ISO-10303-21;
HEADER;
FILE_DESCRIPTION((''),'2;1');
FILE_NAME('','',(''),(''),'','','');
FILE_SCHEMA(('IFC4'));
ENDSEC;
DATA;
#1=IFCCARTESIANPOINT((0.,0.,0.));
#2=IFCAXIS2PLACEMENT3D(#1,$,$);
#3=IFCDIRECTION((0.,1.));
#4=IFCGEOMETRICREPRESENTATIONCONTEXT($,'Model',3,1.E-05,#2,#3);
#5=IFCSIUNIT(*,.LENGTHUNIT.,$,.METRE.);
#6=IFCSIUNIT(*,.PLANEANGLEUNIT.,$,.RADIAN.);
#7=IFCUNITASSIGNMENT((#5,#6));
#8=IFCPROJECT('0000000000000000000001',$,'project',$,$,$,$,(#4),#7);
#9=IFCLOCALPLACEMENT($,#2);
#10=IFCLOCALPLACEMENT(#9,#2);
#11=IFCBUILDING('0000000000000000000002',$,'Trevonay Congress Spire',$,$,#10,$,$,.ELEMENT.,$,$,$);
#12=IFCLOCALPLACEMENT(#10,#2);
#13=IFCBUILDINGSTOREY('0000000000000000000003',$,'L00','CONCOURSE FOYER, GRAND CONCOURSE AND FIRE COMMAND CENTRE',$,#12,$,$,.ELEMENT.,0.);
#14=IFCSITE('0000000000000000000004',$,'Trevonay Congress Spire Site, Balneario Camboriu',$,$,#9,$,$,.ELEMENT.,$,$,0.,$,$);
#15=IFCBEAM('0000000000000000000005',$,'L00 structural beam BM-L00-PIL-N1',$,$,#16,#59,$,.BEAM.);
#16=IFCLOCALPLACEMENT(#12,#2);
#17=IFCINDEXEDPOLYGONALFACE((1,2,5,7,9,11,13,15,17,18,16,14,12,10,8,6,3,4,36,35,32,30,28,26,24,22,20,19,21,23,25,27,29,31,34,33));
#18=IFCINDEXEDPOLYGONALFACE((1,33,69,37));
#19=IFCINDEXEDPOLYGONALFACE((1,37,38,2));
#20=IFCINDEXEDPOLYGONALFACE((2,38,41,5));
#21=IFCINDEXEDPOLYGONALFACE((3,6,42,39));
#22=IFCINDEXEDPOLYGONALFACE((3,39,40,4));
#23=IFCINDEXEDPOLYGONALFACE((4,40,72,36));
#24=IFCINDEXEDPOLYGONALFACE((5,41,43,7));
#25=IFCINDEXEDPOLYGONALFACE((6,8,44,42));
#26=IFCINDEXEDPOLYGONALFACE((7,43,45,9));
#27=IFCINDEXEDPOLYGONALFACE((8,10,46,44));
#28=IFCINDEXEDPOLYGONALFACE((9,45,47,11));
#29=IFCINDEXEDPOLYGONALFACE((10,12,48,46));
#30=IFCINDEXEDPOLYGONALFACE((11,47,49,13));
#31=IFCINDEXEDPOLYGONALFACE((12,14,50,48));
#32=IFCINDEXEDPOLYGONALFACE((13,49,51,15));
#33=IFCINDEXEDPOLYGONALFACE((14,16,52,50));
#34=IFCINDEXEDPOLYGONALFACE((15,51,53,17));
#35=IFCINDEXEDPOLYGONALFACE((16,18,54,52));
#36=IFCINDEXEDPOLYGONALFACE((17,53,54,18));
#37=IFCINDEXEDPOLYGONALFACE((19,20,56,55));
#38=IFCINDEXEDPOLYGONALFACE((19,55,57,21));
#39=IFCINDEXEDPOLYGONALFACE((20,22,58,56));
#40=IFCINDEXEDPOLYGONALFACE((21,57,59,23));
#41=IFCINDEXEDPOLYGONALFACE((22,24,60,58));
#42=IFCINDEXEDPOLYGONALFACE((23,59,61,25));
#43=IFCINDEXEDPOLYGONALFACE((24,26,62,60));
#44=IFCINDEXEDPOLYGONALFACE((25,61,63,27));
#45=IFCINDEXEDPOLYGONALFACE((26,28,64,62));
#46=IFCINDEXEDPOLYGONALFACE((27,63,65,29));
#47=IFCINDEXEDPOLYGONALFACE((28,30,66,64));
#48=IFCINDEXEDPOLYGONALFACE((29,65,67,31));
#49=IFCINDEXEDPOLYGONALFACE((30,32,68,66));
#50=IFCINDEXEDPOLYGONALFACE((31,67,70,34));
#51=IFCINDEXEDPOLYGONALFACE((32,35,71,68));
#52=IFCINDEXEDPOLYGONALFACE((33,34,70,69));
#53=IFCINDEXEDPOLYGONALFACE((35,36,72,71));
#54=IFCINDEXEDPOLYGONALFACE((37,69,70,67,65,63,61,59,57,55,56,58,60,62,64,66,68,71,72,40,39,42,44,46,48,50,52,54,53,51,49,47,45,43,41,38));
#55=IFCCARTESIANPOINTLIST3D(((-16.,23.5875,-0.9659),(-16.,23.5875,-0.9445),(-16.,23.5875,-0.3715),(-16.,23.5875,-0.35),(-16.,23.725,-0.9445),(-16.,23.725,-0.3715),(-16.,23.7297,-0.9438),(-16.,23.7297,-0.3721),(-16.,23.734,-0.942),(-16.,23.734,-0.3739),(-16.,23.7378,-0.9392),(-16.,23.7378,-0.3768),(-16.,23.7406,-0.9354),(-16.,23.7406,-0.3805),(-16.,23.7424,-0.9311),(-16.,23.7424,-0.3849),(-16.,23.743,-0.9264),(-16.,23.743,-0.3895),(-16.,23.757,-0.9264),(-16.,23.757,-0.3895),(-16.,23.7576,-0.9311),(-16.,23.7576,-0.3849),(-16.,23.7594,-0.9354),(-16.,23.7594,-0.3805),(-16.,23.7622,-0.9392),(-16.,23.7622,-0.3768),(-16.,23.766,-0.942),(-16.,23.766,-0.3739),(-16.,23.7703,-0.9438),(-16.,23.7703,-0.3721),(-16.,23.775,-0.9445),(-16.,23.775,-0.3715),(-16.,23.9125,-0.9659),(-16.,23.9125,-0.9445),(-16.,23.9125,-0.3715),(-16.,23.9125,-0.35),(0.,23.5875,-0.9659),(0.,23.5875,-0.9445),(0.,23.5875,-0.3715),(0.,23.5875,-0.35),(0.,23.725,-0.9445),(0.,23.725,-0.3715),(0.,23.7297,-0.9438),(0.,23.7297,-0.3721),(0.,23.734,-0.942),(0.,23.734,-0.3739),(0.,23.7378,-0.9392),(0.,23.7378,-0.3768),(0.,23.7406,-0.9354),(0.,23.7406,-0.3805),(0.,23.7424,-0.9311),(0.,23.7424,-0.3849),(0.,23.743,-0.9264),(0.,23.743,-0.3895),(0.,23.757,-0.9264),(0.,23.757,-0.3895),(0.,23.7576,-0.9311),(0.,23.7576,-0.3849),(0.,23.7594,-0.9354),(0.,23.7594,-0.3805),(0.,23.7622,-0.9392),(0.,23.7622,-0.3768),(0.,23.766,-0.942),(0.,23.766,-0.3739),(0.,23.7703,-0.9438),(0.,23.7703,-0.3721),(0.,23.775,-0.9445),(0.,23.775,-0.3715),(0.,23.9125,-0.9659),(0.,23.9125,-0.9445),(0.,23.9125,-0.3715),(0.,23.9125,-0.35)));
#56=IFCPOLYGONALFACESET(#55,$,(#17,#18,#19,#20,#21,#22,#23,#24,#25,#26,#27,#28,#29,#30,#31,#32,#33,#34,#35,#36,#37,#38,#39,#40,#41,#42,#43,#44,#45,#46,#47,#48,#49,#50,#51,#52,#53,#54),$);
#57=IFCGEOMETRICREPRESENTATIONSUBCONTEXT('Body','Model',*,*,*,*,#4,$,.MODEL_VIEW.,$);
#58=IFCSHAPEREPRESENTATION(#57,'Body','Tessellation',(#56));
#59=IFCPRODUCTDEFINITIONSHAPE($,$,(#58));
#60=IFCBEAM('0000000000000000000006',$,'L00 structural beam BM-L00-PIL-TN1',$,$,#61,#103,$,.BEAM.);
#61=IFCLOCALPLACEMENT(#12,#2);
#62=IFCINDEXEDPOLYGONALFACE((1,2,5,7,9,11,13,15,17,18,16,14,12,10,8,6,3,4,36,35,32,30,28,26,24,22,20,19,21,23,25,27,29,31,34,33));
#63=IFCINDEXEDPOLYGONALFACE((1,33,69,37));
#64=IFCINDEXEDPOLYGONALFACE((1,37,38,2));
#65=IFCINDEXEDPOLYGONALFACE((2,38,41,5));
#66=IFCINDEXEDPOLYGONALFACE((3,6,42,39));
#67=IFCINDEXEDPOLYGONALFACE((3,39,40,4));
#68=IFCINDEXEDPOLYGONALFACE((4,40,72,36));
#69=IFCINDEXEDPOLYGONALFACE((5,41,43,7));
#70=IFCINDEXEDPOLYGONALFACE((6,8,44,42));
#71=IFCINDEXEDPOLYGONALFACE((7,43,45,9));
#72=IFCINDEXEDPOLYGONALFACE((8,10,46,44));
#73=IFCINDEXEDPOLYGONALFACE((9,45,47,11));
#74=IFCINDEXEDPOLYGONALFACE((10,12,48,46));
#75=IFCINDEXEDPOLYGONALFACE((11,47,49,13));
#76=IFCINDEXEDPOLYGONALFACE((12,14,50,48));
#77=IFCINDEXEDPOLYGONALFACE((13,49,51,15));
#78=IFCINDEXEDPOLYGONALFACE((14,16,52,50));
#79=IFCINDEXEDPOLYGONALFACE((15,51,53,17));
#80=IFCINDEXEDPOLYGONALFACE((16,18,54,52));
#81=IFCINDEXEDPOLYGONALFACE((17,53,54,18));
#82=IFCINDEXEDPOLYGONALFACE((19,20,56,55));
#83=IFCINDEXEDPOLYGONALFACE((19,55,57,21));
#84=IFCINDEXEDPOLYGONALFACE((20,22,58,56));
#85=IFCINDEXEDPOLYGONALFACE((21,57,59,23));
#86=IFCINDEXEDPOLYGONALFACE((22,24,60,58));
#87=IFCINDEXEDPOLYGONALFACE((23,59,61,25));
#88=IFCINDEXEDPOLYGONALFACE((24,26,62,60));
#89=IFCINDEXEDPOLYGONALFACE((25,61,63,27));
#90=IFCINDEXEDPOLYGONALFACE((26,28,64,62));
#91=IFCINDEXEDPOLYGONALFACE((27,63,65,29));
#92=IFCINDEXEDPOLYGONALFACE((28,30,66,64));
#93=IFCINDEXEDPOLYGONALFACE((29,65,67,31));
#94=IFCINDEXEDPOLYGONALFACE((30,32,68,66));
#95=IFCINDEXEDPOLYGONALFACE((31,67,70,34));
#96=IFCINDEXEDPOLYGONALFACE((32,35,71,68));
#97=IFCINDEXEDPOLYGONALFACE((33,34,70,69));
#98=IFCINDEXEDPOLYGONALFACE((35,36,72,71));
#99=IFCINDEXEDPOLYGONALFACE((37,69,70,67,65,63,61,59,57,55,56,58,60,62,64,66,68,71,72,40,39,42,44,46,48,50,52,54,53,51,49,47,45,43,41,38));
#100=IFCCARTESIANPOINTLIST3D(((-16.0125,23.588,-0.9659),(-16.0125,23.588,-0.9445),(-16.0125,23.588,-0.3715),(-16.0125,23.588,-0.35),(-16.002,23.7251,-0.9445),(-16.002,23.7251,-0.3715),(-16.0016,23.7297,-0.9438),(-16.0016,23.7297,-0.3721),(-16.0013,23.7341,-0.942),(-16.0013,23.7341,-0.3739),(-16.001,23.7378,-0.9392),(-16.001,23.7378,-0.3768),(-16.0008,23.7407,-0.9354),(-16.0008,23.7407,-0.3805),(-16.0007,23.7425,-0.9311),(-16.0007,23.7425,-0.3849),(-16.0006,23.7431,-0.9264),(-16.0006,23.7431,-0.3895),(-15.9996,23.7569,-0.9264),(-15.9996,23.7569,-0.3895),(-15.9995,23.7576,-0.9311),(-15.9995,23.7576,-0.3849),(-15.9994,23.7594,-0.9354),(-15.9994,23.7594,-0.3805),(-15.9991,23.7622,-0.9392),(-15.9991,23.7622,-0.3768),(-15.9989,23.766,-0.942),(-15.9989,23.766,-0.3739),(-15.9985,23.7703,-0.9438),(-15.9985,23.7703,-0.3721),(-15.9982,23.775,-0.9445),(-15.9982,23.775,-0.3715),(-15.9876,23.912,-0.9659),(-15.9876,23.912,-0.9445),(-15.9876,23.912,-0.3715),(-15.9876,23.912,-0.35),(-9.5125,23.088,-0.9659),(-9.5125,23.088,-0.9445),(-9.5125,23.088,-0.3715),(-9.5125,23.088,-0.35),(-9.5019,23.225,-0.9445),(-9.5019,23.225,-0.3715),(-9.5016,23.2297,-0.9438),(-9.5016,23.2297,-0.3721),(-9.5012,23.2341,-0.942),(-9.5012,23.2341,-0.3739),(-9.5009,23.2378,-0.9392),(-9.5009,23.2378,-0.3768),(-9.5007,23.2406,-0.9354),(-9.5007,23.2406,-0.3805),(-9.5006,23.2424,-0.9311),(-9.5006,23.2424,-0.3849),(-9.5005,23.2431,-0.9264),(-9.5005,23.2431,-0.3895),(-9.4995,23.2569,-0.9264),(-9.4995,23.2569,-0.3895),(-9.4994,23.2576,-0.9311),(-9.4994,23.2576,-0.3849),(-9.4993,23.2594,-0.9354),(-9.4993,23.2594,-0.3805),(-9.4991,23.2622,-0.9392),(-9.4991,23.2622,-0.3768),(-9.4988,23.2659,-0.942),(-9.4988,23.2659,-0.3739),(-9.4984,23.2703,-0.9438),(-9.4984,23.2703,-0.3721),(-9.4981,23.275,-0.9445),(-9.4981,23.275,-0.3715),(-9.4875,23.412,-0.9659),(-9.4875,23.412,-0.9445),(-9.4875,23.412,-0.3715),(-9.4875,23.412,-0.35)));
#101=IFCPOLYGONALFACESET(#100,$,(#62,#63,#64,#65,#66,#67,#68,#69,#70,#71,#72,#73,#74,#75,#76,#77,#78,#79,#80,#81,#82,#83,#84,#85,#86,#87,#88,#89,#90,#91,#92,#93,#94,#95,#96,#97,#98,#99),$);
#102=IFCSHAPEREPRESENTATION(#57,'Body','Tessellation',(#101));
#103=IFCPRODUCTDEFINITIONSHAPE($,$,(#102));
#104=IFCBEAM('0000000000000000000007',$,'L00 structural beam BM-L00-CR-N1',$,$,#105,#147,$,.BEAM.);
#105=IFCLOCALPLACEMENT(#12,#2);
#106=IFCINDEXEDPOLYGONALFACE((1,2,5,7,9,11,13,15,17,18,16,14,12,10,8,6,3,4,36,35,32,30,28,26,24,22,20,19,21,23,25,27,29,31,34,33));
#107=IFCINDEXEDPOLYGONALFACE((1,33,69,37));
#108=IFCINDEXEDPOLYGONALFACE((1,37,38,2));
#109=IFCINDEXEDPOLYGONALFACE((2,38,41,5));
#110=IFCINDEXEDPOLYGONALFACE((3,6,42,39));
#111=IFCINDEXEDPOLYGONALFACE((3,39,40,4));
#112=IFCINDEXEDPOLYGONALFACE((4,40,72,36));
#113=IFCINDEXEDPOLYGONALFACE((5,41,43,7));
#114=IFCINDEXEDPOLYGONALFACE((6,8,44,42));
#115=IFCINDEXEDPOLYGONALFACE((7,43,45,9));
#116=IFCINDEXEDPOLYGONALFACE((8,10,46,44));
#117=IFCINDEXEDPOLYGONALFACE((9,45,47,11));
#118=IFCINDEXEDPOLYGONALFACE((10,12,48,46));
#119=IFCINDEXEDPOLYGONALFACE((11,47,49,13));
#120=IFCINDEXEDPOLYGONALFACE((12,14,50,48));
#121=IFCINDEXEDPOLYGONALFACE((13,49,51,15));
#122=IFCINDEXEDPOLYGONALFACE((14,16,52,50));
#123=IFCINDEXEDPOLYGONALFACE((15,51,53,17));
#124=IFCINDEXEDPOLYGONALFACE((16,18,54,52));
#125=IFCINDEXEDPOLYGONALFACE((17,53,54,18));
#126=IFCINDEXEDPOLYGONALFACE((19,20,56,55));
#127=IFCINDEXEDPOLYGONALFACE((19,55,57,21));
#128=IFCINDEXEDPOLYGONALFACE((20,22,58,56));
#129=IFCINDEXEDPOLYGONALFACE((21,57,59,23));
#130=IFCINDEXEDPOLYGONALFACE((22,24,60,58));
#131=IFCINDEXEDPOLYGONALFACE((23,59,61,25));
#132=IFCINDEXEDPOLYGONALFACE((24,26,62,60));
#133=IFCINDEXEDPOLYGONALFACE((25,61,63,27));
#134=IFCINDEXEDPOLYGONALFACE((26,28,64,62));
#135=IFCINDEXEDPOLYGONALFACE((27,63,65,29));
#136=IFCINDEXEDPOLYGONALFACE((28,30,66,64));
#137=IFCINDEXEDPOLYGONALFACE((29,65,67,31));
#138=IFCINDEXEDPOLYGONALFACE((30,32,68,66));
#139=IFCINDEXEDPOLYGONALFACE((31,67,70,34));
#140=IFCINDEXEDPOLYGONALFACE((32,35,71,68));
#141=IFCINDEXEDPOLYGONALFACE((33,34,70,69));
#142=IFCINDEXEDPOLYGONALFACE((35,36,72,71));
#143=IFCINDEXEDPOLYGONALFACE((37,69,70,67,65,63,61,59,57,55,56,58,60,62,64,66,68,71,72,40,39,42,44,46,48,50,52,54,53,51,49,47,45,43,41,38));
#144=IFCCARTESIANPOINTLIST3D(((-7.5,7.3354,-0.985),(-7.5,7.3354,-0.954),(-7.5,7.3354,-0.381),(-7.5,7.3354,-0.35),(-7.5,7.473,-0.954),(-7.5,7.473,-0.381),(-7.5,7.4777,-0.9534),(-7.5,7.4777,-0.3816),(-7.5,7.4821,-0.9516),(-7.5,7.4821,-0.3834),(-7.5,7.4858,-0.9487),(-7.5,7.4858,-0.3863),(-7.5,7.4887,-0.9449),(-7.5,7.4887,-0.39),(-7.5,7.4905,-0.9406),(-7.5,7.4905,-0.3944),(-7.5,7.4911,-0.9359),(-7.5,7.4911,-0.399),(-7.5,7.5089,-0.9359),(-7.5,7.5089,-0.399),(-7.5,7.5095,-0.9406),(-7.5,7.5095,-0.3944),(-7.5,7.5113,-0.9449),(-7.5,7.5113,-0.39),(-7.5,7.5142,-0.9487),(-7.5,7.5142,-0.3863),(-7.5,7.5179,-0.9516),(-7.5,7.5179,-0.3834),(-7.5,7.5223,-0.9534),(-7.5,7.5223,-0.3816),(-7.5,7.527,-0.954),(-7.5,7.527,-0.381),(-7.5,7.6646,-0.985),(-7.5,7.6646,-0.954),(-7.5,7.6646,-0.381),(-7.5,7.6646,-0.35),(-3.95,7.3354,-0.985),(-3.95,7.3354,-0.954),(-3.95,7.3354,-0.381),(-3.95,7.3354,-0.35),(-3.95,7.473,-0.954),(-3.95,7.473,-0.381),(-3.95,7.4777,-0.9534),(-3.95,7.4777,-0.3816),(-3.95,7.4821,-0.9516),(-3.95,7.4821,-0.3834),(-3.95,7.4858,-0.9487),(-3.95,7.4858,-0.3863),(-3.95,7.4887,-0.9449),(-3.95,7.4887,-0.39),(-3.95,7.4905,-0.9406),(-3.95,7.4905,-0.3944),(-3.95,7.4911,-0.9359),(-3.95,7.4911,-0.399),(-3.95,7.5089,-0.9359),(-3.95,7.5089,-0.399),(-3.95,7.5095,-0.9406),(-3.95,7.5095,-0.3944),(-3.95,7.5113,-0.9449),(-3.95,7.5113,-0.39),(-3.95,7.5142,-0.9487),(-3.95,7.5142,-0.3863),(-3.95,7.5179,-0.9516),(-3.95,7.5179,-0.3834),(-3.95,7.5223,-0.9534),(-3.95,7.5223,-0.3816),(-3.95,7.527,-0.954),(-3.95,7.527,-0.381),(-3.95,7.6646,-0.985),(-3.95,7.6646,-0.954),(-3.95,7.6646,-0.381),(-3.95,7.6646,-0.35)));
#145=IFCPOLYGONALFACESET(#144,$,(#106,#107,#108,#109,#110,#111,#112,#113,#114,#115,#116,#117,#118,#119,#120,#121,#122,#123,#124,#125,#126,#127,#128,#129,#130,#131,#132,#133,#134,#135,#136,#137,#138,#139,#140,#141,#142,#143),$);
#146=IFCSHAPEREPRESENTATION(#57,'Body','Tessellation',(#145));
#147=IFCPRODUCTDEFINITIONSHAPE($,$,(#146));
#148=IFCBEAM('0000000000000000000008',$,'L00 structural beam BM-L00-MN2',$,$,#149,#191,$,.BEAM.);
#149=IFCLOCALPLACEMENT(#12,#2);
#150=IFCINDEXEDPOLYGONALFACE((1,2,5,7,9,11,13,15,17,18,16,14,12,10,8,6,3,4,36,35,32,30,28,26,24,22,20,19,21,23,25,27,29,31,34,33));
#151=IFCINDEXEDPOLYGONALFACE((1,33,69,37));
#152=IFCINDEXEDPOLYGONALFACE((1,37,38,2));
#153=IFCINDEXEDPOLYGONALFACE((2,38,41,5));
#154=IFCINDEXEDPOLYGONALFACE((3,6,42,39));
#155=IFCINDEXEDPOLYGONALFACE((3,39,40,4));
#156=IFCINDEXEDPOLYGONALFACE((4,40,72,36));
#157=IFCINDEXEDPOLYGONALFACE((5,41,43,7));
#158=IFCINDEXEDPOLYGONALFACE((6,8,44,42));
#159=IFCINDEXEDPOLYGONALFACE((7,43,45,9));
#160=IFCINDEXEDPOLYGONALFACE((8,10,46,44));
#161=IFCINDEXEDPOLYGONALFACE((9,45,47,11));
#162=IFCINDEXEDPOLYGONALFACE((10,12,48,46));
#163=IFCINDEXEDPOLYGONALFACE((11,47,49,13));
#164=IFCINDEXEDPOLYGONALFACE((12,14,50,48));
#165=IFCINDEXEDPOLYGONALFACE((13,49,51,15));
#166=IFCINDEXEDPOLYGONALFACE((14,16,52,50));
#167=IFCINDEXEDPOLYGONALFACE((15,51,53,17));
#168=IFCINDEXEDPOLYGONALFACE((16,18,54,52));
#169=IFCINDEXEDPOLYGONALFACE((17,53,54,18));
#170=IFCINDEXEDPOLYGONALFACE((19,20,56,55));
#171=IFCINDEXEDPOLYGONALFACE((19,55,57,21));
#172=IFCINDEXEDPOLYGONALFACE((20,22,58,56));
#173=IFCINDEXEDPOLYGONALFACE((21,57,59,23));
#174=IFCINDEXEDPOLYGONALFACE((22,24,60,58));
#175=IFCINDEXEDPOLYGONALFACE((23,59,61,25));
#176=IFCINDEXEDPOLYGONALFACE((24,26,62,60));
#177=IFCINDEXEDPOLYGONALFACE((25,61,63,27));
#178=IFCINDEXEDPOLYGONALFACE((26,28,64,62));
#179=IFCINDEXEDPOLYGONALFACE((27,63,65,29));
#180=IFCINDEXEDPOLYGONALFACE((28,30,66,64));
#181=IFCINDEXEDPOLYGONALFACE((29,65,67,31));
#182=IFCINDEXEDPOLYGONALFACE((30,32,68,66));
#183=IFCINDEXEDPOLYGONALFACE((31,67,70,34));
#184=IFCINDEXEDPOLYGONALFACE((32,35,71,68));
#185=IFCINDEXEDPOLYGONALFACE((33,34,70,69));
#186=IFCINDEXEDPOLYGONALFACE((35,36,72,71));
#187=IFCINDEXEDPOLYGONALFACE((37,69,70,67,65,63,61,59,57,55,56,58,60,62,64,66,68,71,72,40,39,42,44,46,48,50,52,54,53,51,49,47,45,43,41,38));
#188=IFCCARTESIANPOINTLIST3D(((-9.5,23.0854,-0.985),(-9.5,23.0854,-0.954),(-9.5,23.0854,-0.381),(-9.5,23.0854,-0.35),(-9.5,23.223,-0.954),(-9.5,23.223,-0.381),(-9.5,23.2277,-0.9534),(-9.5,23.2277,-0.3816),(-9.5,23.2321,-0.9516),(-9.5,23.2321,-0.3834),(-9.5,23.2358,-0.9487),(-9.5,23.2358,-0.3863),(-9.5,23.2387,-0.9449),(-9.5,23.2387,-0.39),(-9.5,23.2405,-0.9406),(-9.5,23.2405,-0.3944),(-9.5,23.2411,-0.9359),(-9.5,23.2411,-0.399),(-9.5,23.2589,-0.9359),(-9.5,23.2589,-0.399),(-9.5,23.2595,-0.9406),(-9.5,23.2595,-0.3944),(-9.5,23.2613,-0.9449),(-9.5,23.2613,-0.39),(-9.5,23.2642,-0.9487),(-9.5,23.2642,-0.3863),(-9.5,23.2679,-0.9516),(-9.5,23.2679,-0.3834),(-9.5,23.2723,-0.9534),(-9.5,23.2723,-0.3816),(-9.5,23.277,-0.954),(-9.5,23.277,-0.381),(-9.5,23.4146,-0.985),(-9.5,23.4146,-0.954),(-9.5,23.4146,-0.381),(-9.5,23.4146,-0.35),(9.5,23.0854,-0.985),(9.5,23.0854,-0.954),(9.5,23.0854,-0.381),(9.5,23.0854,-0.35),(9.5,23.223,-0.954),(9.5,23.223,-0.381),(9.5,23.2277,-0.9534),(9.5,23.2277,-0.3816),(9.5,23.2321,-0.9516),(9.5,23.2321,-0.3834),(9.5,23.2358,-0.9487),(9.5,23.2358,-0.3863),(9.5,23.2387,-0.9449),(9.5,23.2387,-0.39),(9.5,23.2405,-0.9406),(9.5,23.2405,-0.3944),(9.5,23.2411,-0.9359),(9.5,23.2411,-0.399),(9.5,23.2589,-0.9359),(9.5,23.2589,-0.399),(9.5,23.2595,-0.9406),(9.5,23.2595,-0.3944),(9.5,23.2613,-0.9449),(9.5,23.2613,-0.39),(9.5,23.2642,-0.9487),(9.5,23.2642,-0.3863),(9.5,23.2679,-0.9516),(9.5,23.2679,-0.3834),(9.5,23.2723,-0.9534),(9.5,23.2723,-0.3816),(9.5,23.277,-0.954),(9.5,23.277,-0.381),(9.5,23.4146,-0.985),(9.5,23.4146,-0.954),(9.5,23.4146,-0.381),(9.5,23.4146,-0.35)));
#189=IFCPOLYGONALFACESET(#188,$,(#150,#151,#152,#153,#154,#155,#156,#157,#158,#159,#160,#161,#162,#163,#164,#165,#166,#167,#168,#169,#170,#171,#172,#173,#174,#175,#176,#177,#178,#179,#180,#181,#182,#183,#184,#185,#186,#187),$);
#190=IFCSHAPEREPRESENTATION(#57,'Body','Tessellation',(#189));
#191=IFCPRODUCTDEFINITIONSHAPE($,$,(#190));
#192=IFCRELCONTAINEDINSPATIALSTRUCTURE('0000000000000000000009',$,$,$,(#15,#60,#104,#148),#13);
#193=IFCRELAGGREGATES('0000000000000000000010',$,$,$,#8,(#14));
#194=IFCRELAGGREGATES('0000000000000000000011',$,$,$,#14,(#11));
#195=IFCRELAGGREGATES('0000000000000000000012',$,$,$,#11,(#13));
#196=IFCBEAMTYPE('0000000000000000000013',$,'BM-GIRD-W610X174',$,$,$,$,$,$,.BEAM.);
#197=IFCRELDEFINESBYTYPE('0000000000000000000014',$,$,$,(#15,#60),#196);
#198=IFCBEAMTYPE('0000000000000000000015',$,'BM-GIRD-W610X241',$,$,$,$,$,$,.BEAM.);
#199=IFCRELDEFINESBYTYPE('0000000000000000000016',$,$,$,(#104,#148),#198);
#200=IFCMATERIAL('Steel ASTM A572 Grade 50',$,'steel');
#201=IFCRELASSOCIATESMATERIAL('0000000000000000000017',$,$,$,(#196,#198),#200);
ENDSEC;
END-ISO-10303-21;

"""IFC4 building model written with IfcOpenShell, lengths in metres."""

from ifc_helpers import new_model, si_unit, direction, frame, origin, origin_2d, place, context, subcontext, project, spatial, i_section, extrude, material, material_profile, profile_set, type_object, element, save


model = new_model("IFC4")

# Units and contexts
model_context = context("Model", 3, precision=1e-05, world=origin(), true_north=direction((0.0, 1.0)))
body_context = subcontext(model_context, "Body", "Model", "MODEL_VIEW")
ifc_project = project(units=[si_unit("LENGTHUNIT", "METRE"), si_unit("PLANEANGLEUNIT", "RADIAN")], contexts=[model_context])

# Site, building, storey
site_placement = place(None, origin())
site = spatial("IfcSite", under=ifc_project, at=site_placement, Name="Trevonay Congress Spire Site, Balneario Camboriu", CompositionType="ELEMENT", RefElevation=0.0)
building_placement = place(site_placement, origin())
building = spatial("IfcBuilding", under=site, at=building_placement, Name="Trevonay Congress Spire", CompositionType="ELEMENT")
storey_placement = place(building_placement, origin())
storey = spatial("IfcBuildingStorey", under=building, at=storey_placement, Name="L00", Description="CONCOURSE FOYER, GRAND CONCOURSE AND FIRE COMMAND CENTRE", CompositionType="ELEMENT", Elevation=0.0)

# Shared definitions
ifc_material_1 = material(Name="Steel ASTM A572 Grade 50", Category="steel")

# Beams
ifc_material_profile_1 = material_profile(ifc_material_1, i_section(OverallWidth=0.325, OverallDepth=0.616, WebThickness=0.0139, FlangeThickness=0.0215, FilletRadius=0.0181, at=origin_2d()), Name="W610x174")
ifc_profile_set_1 = profile_set([ifc_material_profile_1], Name="Steel ASTM A572 Grade 50")
beam_type_1 = type_object("IfcBeamType", Name="BM-GIRD-W610X174", PredefinedType="BEAM", material=ifc_profile_set_1)
beam_1_placement = place(storey_placement, frame((-16.0, 23.75, -0.658), z_axis=(1.0, 0.0, 0.0), x_axis=(0.0, 1.0, 0.0)))
element("IfcBeam", 1, at=beam_1_placement, inside=storey, type_object=beam_type_1, Name="L00 structural beam BM-L00-PIL-N1", PredefinedType="BEAM", context=body_context, shape_type="SweptSolid", body=[
    extrude(i_section(OverallWidth=0.325, OverallDepth=0.616, WebThickness=0.0139, FlangeThickness=0.0215, FilletRadius=0.0181, at=origin_2d()), origin(), (0.0, 0.0, 1.0), 16.0),
])
beam_2_placement = place(storey_placement, frame((-9.5, 23.25, -0.658), z_axis=(-0.997054, 0.076696, 0.0), x_axis=(-0.076696, -0.997054, 0.0)))
element("IfcBeam", 2, at=beam_2_placement, inside=storey, type_object=beam_type_1, Name="L00 structural beam BM-L00-PIL-TN1", PredefinedType="BEAM", context=body_context, shape_type="SweptSolid", body=[
    extrude(i_section(OverallWidth=0.325, OverallDepth=0.616, WebThickness=0.0139, FlangeThickness=0.0215, FilletRadius=0.0181, at=origin_2d()), origin(), (0.0, 0.0, 1.0), 6.5193),
])
ifc_material_profile_2 = material_profile(ifc_material_1, i_section(OverallWidth=0.3291, OverallDepth=0.635, WebThickness=0.0178, FlangeThickness=0.031, FilletRadius=0.0181, at=origin_2d()), Name="W610x241")
ifc_profile_set_2 = profile_set([ifc_material_profile_2], Name="Steel ASTM A572 Grade 50")
beam_type_2 = type_object("IfcBeamType", Name="BM-GIRD-W610X241", PredefinedType="BEAM", material=ifc_profile_set_2)
beam_3_placement = place(storey_placement, frame((-7.5, 7.5, -0.6675), z_axis=(1.0, 0.0, 0.0), x_axis=(0.0, 1.0, 0.0)))
element("IfcBeam", 3, at=beam_3_placement, inside=storey, type_object=beam_type_2, Name="L00 structural beam BM-L00-CR-N1", PredefinedType="BEAM", context=body_context, shape_type="SweptSolid", body=[
    extrude(i_section(OverallWidth=0.3291, OverallDepth=0.635, WebThickness=0.0178, FlangeThickness=0.031, FilletRadius=0.0181, at=origin_2d()), origin(), (0.0, 0.0, 1.0), 3.55),
])
beam_4_placement = place(storey_placement, frame((-9.5, 23.25, -0.6675), z_axis=(1.0, 0.0, 0.0), x_axis=(0.0, 1.0, 0.0)))
element("IfcBeam", 4, at=beam_4_placement, inside=storey, type_object=beam_type_2, Name="L00 structural beam BM-L00-MN2", PredefinedType="BEAM", context=body_context, shape_type="SweptSolid", body=[
    extrude(i_section(OverallWidth=0.3291, OverallDepth=0.635, WebThickness=0.0178, FlangeThickness=0.031, FilletRadius=0.0181, at=origin_2d()), origin(), (0.0, 0.0, 1.0), 19.0),
])

save(model, "model.ifc")
